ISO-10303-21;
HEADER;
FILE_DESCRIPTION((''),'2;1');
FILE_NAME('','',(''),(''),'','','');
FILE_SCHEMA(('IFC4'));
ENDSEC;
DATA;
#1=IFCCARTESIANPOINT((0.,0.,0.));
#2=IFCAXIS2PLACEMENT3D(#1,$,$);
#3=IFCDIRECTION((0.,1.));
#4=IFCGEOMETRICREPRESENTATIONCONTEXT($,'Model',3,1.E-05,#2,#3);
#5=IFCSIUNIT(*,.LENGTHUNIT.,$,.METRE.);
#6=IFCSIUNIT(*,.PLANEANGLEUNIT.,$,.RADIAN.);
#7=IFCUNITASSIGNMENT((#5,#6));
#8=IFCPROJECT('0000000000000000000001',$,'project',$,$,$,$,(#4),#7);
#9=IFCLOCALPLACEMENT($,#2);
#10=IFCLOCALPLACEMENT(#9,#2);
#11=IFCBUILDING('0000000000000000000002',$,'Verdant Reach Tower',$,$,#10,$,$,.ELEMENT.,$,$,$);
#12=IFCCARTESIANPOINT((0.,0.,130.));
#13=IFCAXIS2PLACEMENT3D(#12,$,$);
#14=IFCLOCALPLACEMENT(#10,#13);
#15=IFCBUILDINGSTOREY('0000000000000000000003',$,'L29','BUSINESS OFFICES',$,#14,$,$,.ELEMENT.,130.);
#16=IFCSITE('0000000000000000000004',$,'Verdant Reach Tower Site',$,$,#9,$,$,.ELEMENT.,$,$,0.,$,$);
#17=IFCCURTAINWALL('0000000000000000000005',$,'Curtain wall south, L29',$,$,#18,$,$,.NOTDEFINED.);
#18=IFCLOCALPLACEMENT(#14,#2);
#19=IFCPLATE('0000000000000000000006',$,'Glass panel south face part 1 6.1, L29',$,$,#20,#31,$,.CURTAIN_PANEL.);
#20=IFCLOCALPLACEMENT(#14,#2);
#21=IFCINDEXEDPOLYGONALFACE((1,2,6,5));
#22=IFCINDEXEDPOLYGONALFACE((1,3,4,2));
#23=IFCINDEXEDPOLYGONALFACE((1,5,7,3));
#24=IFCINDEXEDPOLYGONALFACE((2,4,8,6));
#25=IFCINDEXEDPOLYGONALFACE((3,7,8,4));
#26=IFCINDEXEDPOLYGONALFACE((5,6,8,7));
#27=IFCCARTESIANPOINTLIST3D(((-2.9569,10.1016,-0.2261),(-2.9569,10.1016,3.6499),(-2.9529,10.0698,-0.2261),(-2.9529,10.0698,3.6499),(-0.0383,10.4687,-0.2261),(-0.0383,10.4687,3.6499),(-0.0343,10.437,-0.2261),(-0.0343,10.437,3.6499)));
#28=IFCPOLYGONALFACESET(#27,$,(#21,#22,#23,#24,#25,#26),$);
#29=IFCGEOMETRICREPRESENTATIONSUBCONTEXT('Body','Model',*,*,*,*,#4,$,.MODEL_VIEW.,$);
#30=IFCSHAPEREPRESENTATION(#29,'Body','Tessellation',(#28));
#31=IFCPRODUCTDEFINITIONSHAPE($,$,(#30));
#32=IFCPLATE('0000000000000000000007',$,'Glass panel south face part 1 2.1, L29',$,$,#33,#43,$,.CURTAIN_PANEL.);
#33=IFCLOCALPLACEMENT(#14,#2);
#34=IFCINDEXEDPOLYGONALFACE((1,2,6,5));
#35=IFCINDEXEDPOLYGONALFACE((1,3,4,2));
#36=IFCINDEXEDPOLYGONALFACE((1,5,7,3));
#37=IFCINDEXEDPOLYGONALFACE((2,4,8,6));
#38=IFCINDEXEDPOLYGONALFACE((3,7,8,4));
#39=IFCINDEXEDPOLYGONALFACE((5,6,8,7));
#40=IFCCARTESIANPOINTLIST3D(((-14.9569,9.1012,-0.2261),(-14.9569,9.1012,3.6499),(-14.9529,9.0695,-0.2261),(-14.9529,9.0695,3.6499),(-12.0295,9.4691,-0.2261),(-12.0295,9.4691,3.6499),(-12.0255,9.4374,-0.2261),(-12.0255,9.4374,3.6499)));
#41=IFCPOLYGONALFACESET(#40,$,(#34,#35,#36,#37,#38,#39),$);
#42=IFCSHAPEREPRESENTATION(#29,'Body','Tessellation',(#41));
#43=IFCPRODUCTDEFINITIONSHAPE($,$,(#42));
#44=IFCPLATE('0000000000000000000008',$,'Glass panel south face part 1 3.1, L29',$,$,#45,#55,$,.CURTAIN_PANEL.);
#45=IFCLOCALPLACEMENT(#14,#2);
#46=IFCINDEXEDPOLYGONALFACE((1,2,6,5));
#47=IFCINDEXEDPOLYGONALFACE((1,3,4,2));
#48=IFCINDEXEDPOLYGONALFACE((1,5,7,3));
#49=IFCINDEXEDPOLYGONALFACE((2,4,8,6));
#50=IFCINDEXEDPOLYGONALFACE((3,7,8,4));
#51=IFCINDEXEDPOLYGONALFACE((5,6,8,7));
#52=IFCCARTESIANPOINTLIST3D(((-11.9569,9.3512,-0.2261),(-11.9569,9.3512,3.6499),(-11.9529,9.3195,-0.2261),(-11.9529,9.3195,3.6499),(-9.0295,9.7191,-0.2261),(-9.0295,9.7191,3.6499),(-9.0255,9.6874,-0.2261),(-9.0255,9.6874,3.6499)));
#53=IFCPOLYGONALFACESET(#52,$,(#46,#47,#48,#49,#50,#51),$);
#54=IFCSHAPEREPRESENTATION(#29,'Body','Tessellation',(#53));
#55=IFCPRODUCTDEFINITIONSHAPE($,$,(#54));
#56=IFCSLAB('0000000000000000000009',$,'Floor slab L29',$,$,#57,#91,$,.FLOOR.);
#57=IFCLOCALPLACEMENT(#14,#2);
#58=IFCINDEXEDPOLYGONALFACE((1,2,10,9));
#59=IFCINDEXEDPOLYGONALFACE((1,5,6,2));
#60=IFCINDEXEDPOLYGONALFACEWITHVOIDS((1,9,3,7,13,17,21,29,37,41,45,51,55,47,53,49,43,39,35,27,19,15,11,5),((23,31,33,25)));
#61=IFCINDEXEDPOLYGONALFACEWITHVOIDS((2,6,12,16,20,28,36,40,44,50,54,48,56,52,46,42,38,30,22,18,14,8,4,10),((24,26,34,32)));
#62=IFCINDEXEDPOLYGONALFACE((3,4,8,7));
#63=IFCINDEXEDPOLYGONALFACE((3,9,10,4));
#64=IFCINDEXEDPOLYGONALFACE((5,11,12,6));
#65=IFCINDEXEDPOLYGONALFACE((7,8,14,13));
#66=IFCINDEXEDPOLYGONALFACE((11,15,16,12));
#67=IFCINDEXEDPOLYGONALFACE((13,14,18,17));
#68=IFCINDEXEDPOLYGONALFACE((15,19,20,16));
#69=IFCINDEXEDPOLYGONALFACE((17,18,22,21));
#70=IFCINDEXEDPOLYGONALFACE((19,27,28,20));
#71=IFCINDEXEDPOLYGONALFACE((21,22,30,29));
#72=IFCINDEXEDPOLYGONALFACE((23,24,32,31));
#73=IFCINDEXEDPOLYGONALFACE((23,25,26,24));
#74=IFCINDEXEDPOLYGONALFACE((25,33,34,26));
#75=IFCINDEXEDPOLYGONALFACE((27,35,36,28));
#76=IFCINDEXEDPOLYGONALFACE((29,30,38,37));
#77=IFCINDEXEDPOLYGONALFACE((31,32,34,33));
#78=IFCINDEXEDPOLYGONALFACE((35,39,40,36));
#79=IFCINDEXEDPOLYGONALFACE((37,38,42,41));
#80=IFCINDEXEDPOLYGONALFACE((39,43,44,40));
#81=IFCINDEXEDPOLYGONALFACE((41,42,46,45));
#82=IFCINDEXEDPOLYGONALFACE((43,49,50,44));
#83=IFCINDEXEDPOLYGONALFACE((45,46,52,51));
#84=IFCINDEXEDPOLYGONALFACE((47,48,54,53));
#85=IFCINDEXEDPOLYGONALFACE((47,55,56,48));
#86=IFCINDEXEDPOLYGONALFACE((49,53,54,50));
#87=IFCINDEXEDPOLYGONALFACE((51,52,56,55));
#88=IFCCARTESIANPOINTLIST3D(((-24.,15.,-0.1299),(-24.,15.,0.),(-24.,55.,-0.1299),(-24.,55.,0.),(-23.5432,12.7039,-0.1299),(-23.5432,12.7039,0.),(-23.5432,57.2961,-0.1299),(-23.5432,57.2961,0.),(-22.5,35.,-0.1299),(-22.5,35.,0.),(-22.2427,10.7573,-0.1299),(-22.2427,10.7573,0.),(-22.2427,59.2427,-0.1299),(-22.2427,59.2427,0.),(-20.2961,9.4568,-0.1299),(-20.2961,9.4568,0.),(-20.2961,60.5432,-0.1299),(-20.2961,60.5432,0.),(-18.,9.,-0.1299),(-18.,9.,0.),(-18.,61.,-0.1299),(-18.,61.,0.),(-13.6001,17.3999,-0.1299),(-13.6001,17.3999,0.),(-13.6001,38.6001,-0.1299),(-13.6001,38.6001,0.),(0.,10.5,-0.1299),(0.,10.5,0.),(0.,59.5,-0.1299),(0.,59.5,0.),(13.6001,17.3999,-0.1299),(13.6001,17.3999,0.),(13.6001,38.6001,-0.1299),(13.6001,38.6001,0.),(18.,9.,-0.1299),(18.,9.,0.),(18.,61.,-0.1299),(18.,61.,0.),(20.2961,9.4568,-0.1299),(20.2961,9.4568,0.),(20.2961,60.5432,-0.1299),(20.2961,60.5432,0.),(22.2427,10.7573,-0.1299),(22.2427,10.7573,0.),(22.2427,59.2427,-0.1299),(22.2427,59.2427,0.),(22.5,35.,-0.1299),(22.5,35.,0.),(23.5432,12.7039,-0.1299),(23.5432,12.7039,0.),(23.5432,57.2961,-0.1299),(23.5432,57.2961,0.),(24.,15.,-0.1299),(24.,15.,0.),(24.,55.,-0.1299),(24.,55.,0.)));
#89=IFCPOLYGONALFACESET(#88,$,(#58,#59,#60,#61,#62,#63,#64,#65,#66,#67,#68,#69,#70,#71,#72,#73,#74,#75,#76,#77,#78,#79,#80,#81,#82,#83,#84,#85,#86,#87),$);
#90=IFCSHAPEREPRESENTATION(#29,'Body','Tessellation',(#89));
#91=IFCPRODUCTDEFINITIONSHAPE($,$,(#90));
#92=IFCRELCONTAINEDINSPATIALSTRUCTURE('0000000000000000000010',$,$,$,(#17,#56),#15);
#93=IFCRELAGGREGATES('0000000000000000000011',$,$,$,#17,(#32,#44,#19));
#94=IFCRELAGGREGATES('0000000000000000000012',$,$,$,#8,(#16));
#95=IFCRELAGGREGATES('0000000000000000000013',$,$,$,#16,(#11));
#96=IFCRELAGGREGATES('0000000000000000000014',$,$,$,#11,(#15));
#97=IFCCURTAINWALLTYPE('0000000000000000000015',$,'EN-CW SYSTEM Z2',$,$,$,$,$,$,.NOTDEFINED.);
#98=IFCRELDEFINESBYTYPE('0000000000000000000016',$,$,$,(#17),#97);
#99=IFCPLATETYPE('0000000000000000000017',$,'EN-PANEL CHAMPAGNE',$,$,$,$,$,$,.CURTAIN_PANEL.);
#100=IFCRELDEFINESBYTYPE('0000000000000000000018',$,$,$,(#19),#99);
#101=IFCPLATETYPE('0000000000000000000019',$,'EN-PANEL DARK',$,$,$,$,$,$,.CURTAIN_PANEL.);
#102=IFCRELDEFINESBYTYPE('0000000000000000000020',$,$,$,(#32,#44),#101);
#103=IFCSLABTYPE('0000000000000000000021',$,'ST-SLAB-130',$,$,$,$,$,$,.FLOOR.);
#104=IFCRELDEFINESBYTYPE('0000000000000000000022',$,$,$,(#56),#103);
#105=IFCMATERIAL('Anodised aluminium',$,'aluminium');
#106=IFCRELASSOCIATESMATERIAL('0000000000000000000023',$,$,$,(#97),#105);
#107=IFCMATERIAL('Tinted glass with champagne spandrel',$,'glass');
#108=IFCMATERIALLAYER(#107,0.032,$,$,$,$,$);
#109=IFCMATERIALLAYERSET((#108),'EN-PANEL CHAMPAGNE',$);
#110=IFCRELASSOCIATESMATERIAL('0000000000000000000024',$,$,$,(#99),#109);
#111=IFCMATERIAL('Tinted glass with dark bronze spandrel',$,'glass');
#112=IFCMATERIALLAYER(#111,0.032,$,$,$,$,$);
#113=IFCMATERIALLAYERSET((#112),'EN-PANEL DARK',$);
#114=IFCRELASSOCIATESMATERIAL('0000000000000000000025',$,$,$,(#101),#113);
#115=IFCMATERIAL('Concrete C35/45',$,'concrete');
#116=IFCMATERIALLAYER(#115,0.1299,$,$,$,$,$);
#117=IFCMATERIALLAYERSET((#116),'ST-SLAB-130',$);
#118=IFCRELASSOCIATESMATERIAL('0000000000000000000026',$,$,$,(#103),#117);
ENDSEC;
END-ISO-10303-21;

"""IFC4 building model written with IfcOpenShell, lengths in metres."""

from ifc_helpers import new_model, si_unit, direction, frame, origin, origin_2d, place, context, subcontext, project, spatial, polyline, rectangle, outline, extrude, material, layer, layer_set, type_object, element, aggregate, save


model = new_model("IFC4")

# Units and contexts
model_context = context("Model", 3, precision=1e-05, world=origin(), true_north=direction((0.0, 1.0)))
body_context = subcontext(model_context, "Body", "Model", "MODEL_VIEW")
ifc_project = project(units=[si_unit("LENGTHUNIT", "METRE"), si_unit("PLANEANGLEUNIT", "RADIAN")], contexts=[model_context])

# Site, building, storey
site_placement = place(None, origin())
site = spatial("IfcSite", under=ifc_project, at=site_placement, Name="Verdant Reach Tower Site", CompositionType="ELEMENT", RefElevation=0.0)
building_placement = place(site_placement, origin())
building = spatial("IfcBuilding", under=site, at=building_placement, Name="Verdant Reach Tower", CompositionType="ELEMENT")
storey_placement = place(building_placement, frame((0.0, 0.0, 130.0)))
storey = spatial("IfcBuildingStorey", under=building, at=storey_placement, Name="L29", Description="BUSINESS OFFICES", CompositionType="ELEMENT", Elevation=130.0)

# Curtain wall, plates
ifc_material_1 = material(Name="Anodised aluminium", Category="aluminium")
curtain_wall_type = type_object("IfcCurtainWallType", Name="EN-CW SYSTEM Z2", PredefinedType="NOTDEFINED", material=ifc_material_1)
curtain_wall_placement = place(storey_placement, origin())
curtain_wall = element("IfcCurtainWall", 1, at=curtain_wall_placement, inside=storey, type_object=curtain_wall_type, Name="Curtain wall south, L29", PredefinedType="NOTDEFINED")
ifc_material_2 = material(Name="Tinted glass with champagne spandrel", Category="glass")
ifc_layer_1 = layer(ifc_material_2, 0.032)
ifc_layer_set_1 = layer_set([ifc_layer_1], Name="EN-PANEL CHAMPAGNE")
plate_type_1 = type_object("IfcPlateType", Name="EN-PANEL CHAMPAGNE", PredefinedType="CURTAIN_PANEL", material=ifc_layer_set_1)
plate_1_placement = place(storey_placement, frame((-1.4956, 10.2693, -0.2261), z_axis=(0.0, 0.0, 1.0), x_axis=(0.992179, 0.124825, 0.0)))
plate_1 = element("IfcPlate", 2, at=plate_1_placement, type_object=plate_type_1, Name="Glass panel south face part 1 6.1, L29", PredefinedType="CURTAIN_PANEL", context=body_context, shape_type="SweptSolid", body=[
    extrude(rectangle(XDim=2.9417, YDim=0.032, at=origin_2d()), origin(), (0.0, 0.0, 1.0), 3.876),
])
ifc_material_3 = material(Name="Tinted glass with dark bronze spandrel", Category="glass")
ifc_layer_2 = layer(ifc_material_3, 0.032)
ifc_layer_set_2 = layer_set([ifc_layer_2], Name="EN-PANEL DARK")
plate_type_2 = type_object("IfcPlateType", Name="EN-PANEL DARK", PredefinedType="CURTAIN_PANEL", material=ifc_layer_set_2)
plate_2_placement = place(storey_placement, frame((-13.4912, 9.2693, -0.2261), z_axis=(0.0, 0.0, 1.0), x_axis=(0.992194, 0.124704, 0.0)))
plate_2 = element("IfcPlate", 3, at=plate_2_placement, type_object=plate_type_2, Name="Glass panel south face part 1 2.1, L29", PredefinedType="CURTAIN_PANEL", context=body_context, shape_type="SweptSolid", body=[
    extrude(rectangle(XDim=2.9504, YDim=0.032, at=origin_2d()), origin(), (0.0, 0.0, 1.0), 3.876),
])
plate_3_placement = place(storey_placement, frame((-10.4912, 9.5193, -0.2261), z_axis=(0.0, 0.0, 1.0), x_axis=(0.992194, 0.124704, 0.0)))
plate_3 = element("IfcPlate", 4, at=plate_3_placement, type_object=plate_type_2, Name="Glass panel south face part 1 3.1, L29", PredefinedType="CURTAIN_PANEL", context=body_context, shape_type="SweptSolid", body=[
    extrude(rectangle(XDim=2.9504, YDim=0.032, at=origin_2d()), origin(), (0.0, 0.0, 1.0), 3.876),
])
aggregate(curtain_wall, [plate_2, plate_3, plate_1])

# Slab
ifc_material_4 = material(Name="Concrete C35/45", Category="concrete")
ifc_layer_3 = layer(ifc_material_4, 0.1299)
ifc_layer_set_3 = layer_set([ifc_layer_3], Name="ST-SLAB-130")
slab_type_1 = type_object("IfcSlabType", Name="ST-SLAB-130", PredefinedType="FLOOR", material=ifc_layer_set_3)
slab_1_placement = place(storey_placement, frame((0.0, 0.0, -0.1299)))
element("IfcSlab", 5, at=slab_1_placement, inside=storey, type_object=slab_type_1, Name="Floor slab L29", PredefinedType="FLOOR", context=body_context, shape_type="SweptSolid", body=[
    extrude(outline(polyline([(0.0, 10.5), (-18.0, 9.0), (-20.2961, 9.4568), (-22.2427, 10.7573), (-23.5432, 12.7039), (-24.0, 15.0), (-22.5, 35.0), (-24.0, 55.0), (-23.5432, 57.2961), (-22.2427, 59.2427), (-20.2961, 60.5432), (-18.0, 61.0), (0.0, 59.5), (18.0, 61.0), (20.2961, 60.5432), (22.2427, 59.2427), (23.5432, 57.2961), (24.0, 55.0), (22.5, 35.0), (24.0, 15.0), (23.5432, 12.7039), (22.2427, 10.7573), (20.2961, 9.4568), (18.0, 9.0), (0.0, 10.5)]), holes=[polyline([(13.6001, 38.6001), (-13.6001, 38.6001), (-13.6001, 17.3999), (13.6001, 17.3999), (13.6001, 38.6001)])]), origin(), (0.0, 0.0, 1.0), 0.1299),
])

save(model, "model.ifc")
